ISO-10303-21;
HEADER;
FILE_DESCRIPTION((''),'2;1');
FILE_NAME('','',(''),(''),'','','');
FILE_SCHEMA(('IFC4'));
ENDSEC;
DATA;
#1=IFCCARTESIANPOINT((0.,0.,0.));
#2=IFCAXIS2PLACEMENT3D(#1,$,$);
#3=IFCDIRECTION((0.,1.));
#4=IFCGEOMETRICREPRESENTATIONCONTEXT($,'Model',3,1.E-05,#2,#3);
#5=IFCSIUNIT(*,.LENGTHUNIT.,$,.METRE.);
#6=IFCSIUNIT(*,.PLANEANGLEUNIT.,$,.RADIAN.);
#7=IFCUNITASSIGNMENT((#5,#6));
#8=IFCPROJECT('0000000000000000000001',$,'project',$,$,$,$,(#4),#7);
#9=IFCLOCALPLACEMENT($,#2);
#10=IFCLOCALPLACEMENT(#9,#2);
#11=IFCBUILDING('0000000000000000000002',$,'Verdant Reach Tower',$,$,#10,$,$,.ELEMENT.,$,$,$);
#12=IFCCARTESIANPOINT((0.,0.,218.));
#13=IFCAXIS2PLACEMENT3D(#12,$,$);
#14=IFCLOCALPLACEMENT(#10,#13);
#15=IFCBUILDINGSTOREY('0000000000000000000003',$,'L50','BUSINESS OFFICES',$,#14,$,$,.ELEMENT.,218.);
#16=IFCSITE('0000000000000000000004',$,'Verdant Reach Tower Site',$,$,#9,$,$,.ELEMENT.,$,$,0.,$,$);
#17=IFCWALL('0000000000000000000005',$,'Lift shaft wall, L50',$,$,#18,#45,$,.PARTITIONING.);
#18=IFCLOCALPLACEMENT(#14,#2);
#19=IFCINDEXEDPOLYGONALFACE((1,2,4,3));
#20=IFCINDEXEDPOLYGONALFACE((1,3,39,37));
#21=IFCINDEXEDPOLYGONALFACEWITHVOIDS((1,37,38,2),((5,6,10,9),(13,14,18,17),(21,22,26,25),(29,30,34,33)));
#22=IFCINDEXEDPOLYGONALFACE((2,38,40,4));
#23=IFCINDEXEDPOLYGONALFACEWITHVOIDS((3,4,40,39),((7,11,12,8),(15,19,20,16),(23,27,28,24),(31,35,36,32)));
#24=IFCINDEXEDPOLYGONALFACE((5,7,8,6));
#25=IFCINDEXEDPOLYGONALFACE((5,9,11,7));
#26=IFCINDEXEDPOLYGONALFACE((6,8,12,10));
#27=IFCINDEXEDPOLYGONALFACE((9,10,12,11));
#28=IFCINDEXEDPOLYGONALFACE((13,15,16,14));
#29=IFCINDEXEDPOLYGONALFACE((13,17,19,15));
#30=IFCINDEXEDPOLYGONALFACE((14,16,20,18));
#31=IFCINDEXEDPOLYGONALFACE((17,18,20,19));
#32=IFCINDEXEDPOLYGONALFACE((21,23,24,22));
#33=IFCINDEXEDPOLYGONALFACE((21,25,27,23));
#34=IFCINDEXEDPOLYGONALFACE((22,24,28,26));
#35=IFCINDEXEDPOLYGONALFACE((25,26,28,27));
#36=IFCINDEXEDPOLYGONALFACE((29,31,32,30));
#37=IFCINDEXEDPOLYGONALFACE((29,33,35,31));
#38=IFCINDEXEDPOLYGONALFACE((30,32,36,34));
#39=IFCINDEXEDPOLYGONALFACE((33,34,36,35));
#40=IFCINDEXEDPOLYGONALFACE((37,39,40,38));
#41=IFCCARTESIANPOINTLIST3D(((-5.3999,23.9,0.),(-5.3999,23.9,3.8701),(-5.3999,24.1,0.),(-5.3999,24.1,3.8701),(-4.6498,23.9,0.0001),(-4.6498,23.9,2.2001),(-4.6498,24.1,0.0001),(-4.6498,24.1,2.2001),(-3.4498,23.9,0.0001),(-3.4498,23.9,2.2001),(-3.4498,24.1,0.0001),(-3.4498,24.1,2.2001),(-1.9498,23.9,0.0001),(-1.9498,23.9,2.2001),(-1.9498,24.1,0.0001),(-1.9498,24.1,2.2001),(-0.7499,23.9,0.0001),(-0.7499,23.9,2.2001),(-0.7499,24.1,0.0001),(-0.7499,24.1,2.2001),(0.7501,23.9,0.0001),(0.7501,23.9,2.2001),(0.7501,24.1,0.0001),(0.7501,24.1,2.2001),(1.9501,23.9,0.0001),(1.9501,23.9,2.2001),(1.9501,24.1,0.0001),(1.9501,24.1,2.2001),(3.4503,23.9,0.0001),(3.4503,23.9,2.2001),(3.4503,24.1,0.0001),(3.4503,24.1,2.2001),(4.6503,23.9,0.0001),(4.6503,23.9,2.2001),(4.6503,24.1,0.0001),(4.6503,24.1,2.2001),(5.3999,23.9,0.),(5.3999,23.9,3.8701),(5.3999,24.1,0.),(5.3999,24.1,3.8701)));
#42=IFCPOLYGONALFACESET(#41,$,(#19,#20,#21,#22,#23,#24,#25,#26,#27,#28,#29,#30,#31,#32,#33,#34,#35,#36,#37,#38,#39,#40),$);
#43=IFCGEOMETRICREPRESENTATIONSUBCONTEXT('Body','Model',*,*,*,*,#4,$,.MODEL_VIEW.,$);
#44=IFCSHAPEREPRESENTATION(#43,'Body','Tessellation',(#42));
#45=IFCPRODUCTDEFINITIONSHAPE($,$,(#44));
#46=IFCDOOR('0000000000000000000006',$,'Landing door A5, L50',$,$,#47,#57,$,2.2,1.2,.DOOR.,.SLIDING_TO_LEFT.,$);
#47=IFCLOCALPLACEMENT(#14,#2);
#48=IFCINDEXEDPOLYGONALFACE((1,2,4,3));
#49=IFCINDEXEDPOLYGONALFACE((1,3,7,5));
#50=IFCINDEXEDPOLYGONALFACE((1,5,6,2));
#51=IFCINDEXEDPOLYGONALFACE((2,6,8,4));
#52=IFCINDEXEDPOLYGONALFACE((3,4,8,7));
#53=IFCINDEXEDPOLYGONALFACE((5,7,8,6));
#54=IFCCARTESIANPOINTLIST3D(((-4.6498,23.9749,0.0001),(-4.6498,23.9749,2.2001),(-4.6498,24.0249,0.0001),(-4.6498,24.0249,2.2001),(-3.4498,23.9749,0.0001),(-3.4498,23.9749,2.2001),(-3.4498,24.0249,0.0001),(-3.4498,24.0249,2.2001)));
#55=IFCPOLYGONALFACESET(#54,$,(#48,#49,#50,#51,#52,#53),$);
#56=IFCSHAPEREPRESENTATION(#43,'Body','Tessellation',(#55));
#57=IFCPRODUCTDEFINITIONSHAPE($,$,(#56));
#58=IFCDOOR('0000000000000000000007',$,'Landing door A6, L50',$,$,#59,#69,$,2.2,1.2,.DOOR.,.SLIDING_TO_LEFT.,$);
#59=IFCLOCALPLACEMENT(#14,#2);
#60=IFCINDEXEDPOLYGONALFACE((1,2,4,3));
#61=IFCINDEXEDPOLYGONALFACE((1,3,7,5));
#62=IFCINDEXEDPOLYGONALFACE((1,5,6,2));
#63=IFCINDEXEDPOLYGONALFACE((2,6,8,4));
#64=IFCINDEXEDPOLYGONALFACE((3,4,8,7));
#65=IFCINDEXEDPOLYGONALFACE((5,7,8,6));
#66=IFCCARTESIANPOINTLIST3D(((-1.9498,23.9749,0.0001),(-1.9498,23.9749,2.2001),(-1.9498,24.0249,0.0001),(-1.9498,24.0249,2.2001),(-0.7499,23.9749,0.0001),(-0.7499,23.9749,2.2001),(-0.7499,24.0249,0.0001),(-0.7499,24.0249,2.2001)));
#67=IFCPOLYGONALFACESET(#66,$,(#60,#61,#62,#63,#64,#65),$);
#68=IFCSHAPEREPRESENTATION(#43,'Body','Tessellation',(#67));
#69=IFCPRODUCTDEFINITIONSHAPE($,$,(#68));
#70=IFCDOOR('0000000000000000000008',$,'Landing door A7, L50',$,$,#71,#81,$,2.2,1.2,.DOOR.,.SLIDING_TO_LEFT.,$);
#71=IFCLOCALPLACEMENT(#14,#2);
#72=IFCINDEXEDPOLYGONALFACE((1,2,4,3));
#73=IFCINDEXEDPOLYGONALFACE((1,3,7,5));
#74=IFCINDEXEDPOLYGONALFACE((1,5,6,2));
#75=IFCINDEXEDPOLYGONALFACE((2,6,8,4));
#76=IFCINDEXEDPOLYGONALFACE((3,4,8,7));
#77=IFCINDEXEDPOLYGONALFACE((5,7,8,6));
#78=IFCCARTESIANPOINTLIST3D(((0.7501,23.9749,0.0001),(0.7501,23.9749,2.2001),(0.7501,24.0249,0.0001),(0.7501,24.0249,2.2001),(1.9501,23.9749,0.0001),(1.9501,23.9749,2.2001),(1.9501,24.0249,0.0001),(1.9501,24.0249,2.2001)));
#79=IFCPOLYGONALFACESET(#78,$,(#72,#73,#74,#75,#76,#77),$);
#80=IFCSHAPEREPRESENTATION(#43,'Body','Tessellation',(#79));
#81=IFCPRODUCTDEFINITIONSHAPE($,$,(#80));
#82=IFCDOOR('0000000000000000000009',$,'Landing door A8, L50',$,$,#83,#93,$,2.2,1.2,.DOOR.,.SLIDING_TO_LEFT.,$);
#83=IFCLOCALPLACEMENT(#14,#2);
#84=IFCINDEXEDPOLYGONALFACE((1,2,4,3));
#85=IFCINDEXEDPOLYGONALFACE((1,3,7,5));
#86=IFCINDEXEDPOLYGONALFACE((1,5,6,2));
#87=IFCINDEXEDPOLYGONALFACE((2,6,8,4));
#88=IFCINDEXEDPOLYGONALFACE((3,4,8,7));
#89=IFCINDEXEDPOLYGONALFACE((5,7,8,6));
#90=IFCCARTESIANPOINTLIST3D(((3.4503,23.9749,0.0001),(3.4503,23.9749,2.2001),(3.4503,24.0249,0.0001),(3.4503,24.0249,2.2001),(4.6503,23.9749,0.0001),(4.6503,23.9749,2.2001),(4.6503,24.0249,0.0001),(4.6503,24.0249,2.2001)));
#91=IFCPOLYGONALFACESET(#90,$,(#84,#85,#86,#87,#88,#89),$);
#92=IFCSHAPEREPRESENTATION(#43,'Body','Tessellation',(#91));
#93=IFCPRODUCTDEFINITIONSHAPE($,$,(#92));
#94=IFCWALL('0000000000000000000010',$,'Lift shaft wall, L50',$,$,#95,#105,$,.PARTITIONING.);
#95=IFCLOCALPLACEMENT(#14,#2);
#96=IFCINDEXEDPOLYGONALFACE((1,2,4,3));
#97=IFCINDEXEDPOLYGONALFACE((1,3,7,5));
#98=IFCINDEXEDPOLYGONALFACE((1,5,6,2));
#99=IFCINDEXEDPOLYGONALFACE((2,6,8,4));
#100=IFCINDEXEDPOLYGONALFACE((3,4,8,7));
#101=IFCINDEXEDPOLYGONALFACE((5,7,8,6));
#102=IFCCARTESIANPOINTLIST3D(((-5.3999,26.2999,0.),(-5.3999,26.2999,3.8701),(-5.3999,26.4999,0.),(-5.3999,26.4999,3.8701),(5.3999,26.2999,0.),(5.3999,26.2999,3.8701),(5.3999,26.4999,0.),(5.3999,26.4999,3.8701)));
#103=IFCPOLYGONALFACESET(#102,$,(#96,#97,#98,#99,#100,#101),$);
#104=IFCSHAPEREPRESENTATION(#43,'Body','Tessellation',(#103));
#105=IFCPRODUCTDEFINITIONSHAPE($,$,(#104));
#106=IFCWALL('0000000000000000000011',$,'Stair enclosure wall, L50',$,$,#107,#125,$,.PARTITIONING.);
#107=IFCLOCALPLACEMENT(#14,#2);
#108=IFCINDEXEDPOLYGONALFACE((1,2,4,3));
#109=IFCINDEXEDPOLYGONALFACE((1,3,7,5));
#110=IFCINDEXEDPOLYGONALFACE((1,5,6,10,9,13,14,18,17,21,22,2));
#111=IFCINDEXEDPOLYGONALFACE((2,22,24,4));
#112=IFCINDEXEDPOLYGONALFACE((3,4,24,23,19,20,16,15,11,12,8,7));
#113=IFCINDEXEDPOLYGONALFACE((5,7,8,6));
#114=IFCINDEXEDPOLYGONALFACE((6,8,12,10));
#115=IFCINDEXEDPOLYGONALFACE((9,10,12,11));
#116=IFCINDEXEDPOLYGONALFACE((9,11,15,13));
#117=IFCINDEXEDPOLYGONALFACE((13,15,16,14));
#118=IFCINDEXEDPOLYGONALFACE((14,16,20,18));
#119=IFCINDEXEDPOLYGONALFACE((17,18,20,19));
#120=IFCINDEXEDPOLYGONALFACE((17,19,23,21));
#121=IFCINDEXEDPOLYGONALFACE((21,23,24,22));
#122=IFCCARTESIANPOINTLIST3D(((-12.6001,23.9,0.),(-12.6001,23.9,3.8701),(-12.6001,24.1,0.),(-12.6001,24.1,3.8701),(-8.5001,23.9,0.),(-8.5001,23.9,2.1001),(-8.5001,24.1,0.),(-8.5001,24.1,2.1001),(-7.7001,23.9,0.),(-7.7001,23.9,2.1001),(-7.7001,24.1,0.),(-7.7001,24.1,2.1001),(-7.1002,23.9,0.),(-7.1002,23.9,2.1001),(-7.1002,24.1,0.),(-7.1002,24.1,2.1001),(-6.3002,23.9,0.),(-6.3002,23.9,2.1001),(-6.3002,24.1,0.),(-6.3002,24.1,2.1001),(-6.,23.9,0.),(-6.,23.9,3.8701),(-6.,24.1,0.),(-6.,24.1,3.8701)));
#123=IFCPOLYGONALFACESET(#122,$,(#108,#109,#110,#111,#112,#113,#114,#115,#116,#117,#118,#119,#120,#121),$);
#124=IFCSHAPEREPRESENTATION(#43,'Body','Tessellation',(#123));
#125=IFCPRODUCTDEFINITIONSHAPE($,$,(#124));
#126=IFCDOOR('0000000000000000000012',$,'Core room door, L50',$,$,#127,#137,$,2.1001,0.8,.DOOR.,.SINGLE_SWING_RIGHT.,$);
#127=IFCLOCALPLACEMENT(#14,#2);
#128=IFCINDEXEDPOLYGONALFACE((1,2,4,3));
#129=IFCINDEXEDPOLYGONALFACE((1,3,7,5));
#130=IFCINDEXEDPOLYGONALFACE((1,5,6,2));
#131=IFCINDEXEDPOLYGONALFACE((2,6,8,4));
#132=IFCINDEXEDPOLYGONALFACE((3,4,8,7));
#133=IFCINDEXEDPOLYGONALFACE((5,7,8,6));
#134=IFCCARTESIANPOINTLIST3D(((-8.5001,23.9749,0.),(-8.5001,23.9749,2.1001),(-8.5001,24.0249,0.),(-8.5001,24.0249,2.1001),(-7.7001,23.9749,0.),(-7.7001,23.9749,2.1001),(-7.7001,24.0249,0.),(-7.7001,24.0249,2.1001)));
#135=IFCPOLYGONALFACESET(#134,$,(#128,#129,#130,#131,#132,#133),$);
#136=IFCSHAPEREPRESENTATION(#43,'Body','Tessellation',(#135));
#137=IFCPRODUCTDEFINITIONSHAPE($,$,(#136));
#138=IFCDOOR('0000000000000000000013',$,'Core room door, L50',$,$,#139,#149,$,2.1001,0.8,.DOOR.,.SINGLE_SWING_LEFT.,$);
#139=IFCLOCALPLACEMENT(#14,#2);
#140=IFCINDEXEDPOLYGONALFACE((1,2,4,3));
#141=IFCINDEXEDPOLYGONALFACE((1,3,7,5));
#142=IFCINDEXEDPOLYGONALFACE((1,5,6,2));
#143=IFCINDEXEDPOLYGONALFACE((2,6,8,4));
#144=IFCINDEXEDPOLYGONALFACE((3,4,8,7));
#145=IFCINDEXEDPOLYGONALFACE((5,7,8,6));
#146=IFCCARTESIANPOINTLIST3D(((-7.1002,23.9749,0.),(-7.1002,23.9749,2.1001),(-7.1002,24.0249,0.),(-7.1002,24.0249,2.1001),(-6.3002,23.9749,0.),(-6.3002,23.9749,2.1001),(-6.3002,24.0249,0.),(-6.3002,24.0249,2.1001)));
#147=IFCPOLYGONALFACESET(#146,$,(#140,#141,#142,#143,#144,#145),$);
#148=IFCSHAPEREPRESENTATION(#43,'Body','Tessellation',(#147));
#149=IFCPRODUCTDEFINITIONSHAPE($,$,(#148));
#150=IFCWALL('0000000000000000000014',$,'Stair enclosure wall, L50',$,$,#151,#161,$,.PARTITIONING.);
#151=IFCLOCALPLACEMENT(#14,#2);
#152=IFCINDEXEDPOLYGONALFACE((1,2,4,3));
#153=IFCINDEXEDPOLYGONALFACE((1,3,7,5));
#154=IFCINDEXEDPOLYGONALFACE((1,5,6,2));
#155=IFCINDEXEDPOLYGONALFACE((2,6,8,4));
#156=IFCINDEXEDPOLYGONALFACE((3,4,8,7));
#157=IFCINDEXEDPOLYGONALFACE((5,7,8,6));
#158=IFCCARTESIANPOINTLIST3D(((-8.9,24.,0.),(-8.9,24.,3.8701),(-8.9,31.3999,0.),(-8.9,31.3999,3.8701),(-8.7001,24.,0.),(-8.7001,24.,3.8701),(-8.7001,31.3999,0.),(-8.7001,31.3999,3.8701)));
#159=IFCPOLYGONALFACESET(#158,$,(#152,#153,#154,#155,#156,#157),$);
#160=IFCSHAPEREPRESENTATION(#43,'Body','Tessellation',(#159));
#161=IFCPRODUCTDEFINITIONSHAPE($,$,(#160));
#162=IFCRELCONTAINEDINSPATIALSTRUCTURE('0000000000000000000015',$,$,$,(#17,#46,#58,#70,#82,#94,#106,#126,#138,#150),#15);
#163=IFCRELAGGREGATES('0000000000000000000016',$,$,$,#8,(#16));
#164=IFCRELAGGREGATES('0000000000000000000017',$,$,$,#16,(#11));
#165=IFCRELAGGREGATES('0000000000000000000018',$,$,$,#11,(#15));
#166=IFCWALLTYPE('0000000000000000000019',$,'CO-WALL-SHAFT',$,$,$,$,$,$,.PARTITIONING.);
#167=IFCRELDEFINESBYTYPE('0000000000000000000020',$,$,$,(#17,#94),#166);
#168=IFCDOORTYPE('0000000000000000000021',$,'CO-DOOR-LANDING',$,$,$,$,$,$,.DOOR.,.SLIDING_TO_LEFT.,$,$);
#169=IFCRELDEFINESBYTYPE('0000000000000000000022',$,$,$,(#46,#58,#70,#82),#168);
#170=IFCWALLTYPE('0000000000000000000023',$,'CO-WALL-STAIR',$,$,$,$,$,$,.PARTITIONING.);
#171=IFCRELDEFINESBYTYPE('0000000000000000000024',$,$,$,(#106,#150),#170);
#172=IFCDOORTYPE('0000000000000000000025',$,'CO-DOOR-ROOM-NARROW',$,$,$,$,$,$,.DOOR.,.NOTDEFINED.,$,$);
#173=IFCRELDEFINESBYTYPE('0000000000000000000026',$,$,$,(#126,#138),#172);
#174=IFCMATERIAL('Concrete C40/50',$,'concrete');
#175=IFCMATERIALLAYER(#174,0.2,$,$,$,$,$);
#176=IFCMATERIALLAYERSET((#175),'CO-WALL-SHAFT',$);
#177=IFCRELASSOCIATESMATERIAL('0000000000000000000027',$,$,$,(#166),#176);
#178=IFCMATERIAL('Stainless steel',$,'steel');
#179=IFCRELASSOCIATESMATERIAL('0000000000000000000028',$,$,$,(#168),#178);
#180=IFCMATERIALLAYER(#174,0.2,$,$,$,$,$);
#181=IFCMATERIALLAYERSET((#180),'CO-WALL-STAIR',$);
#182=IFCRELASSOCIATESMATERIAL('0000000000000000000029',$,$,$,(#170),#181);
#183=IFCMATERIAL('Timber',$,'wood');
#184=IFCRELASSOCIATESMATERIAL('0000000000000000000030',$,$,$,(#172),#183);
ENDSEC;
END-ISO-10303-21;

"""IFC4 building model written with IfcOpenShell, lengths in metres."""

from ifc_helpers import new_model, si_unit, direction, frame, frame_2d, origin, place, context, subcontext, project, spatial, rectangle, extrude, material, layer, layer_set, type_object, element, fill, save


model = new_model("IFC4")

# Units and contexts
model_context = context("Model", 3, precision=1e-05, world=origin(), true_north=direction((0.0, 1.0)))
body_context = subcontext(model_context, "Body", "Model", "MODEL_VIEW")
ifc_project = project(units=[si_unit("LENGTHUNIT", "METRE"), si_unit("PLANEANGLEUNIT", "RADIAN")], contexts=[model_context])

# Site, building, storey
site_placement = place(None, origin())
site = spatial("IfcSite", under=ifc_project, at=site_placement, Name="Verdant Reach Tower Site", CompositionType="ELEMENT", RefElevation=0.0)
building_placement = place(site_placement, origin())
building = spatial("IfcBuilding", under=site, at=building_placement, Name="Verdant Reach Tower", CompositionType="ELEMENT")
storey_placement = place(building_placement, frame((0.0, 0.0, 218.0)))
storey = spatial("IfcBuildingStorey", under=building, at=storey_placement, Name="L50", Description="BUSINESS OFFICES", CompositionType="ELEMENT", Elevation=218.0)

# Shared definitions
ifc_material_1 = material(Name="Timber", Category="wood")

# Wall, openings, doors
ifc_material_2 = material(Name="Concrete C40/50", Category="concrete")
ifc_layer_1 = layer(ifc_material_2, 0.2)
ifc_layer_set_1 = layer_set([ifc_layer_1], Name="CO-WALL-SHAFT")
wall_type_1 = type_object("IfcWallType", Name="CO-WALL-SHAFT", PredefinedType="PARTITIONING", material=ifc_layer_set_1)
ifc_material_3 = material(Name="Stainless steel", Category="steel")
door_type_1 = type_object("IfcDoorType", Name="CO-DOOR-LANDING", OperationType="SLIDING_TO_LEFT", PredefinedType="DOOR", material=ifc_material_3)
wall_1_placement = place(storey_placement, frame((-5.3999, 24.0, 0.0), z_axis=(0.0, 0.0, 1.0), x_axis=(1.0, 0.0, 0.0)))
wall_1 = element("IfcWall", 1, at=wall_1_placement, inside=storey, type_object=wall_type_1, Name="Lift shaft wall, L50", PredefinedType="PARTITIONING", context=body_context, shape_type="SweptSolid", body=[
    extrude(rectangle(XDim=10.7998, YDim=0.2, at=frame_2d((5.3999, 0.0))), origin(), (0.0, 0.0, 1.0), 3.8701),
])
opening_1_placement = place(wall_1_placement, frame((0.75, 0.0, 0.0)))
opening_1 = element("IfcOpeningElement", 2, at=opening_1_placement, cuts=wall_1, PredefinedType="OPENING", context=body_context, shape_type="SweptSolid", body=[
    extrude(rectangle(XDim=1.2, YDim=2.2, at=frame_2d((0.6001, 1.1001))), frame((0.0, 0.1099, 0.0), z_axis=(0.0, -1.0, 0.0), x_axis=(1.0, 0.0, 0.0)), (0.0, 0.0, 1.0), 0.22),
])
opening_2_placement = place(wall_1_placement, frame((3.45, 0.0, 0.0)))
opening_2 = element("IfcOpeningElement", 3, at=opening_2_placement, cuts=wall_1, PredefinedType="OPENING", context=body_context, shape_type="SweptSolid", body=[
    extrude(rectangle(XDim=1.2, YDim=2.2, at=frame_2d((0.6001, 1.1001))), frame((0.0, 0.1099, 0.0), z_axis=(0.0, -1.0, 0.0), x_axis=(1.0, 0.0, 0.0)), (0.0, 0.0, 1.0), 0.22),
])
opening_3_placement = place(wall_1_placement, frame((6.1499, 0.0, 0.0)))
opening_3 = element("IfcOpeningElement", 4, at=opening_3_placement, cuts=wall_1, PredefinedType="OPENING", context=body_context, shape_type="SweptSolid", body=[
    extrude(rectangle(XDim=1.2, YDim=2.2, at=frame_2d((0.6001, 1.1001))), frame((0.0, 0.1099, 0.0), z_axis=(0.0, -1.0, 0.0), x_axis=(1.0, 0.0, 0.0)), (0.0, 0.0, 1.0), 0.22),
])
opening_4_placement = place(wall_1_placement, frame((8.8501, 0.0, 0.0)))
opening_4 = element("IfcOpeningElement", 5, at=opening_4_placement, cuts=wall_1, PredefinedType="OPENING", context=body_context, shape_type="SweptSolid", body=[
    extrude(rectangle(XDim=1.2, YDim=2.2, at=frame_2d((0.6001, 1.1001))), frame((0.0, 0.1099, 0.0), z_axis=(0.0, -1.0, 0.0), x_axis=(1.0, 0.0, 0.0)), (0.0, 0.0, 1.0), 0.22),
])
door_1_placement = place(opening_1_placement, origin())
door_1 = element("IfcDoor", 6, at=door_1_placement, inside=storey, type_object=door_type_1, Name="Landing door A5, L50", OperationType="SLIDING_TO_LEFT", OverallHeight=2.2, OverallWidth=1.2, PredefinedType="DOOR", context=body_context, shape_type="SweptSolid", body=[
    extrude(rectangle(XDim=1.2, YDim=2.2, at=frame_2d((0.6001, 1.1001))), frame((0.0, 0.0249, 0.0), z_axis=(0.0, -1.0, 0.0), x_axis=(1.0, 0.0, 0.0)), (0.0, 0.0, 1.0), 0.05),
])
fill(opening_1, door_1)
door_2_placement = place(opening_2_placement, origin())
door_2 = element("IfcDoor", 7, at=door_2_placement, inside=storey, type_object=door_type_1, Name="Landing door A6, L50", OperationType="SLIDING_TO_LEFT", OverallHeight=2.2, OverallWidth=1.2, PredefinedType="DOOR", context=body_context, shape_type="SweptSolid", body=[
    extrude(rectangle(XDim=1.2, YDim=2.2, at=frame_2d((0.6001, 1.1001))), frame((0.0, 0.0249, 0.0), z_axis=(0.0, -1.0, 0.0), x_axis=(1.0, 0.0, 0.0)), (0.0, 0.0, 1.0), 0.05),
])
fill(opening_2, door_2)
door_3_placement = place(opening_3_placement, origin())
door_3 = element("IfcDoor", 8, at=door_3_placement, inside=storey, type_object=door_type_1, Name="Landing door A7, L50", OperationType="SLIDING_TO_LEFT", OverallHeight=2.2, OverallWidth=1.2, PredefinedType="DOOR", context=body_context, shape_type="SweptSolid", body=[
    extrude(rectangle(XDim=1.2, YDim=2.2, at=frame_2d((0.6001, 1.1001))), frame((0.0, 0.0249, 0.0), z_axis=(0.0, -1.0, 0.0), x_axis=(1.0, 0.0, 0.0)), (0.0, 0.0, 1.0), 0.05),
])
fill(opening_3, door_3)
door_4_placement = place(opening_4_placement, origin())
door_4 = element("IfcDoor", 9, at=door_4_placement, inside=storey, type_object=door_type_1, Name="Landing door A8, L50", OperationType="SLIDING_TO_LEFT", OverallHeight=2.2, OverallWidth=1.2, PredefinedType="DOOR", context=body_context, shape_type="SweptSolid", body=[
    extrude(rectangle(XDim=1.2, YDim=2.2, at=frame_2d((0.6001, 1.1001))), frame((0.0, 0.0249, 0.0), z_axis=(0.0, -1.0, 0.0), x_axis=(1.0, 0.0, 0.0)), (0.0, 0.0, 1.0), 0.05),
])
fill(opening_4, door_4)

# Wall
wall_2_placement = place(storey_placement, frame((-5.3999, 26.3999, 0.0), z_axis=(0.0, 0.0, 1.0), x_axis=(1.0, 0.0, 0.0)))
element("IfcWall", 10, at=wall_2_placement, inside=storey, type_object=wall_type_1, Name="Lift shaft wall, L50", PredefinedType="PARTITIONING", context=body_context, shape_type="SweptSolid", body=[
    extrude(rectangle(XDim=10.7998, YDim=0.2, at=frame_2d((5.3999, 0.0))), origin(), (0.0, 0.0, 1.0), 3.8701),
])

# Wall, openings, doors
ifc_layer_2 = layer(ifc_material_2, 0.2)
ifc_layer_set_2 = layer_set([ifc_layer_2], Name="CO-WALL-STAIR")
wall_type_2 = type_object("IfcWallType", Name="CO-WALL-STAIR", PredefinedType="PARTITIONING", material=ifc_layer_set_2)
wall_3_placement = place(storey_placement, frame((-12.6001, 24.0, 0.0), z_axis=(0.0, 0.0, 1.0), x_axis=(1.0, 0.0, 0.0)))
wall_3 = element("IfcWall", 11, at=wall_3_placement, inside=storey, type_object=wall_type_2, Name="Stair enclosure wall, L50", PredefinedType="PARTITIONING", context=body_context, shape_type="SweptSolid", body=[
    extrude(rectangle(XDim=6.6001, YDim=0.2, at=frame_2d((3.3, 0.0))), origin(), (0.0, 0.0, 1.0), 3.8701),
])
opening_5_placement = place(wall_3_placement, frame((4.1001, 0.0, 0.0)))
opening_5 = element("IfcOpeningElement", 12, at=opening_5_placement, cuts=wall_3, PredefinedType="OPENING", context=body_context, shape_type="SweptSolid", body=[
    extrude(rectangle(XDim=0.8, YDim=2.1001, at=frame_2d((0.3999, 1.05))), frame((0.0, 0.1099, 0.0), z_axis=(0.0, -1.0, 0.0), x_axis=(1.0, 0.0, 0.0)), (0.0, 0.0, 1.0), 0.22),
])
opening_6_placement = place(wall_3_placement, frame((5.5, 0.0, 0.0)))
opening_6 = element("IfcOpeningElement", 13, at=opening_6_placement, cuts=wall_3, PredefinedType="OPENING", context=body_context, shape_type="SweptSolid", body=[
    extrude(rectangle(XDim=0.8, YDim=2.1001, at=frame_2d((0.3999, 1.05))), frame((0.0, 0.1099, 0.0), z_axis=(0.0, -1.0, 0.0), x_axis=(1.0, 0.0, 0.0)), (0.0, 0.0, 1.0), 0.22),
])
door_type_2 = type_object("IfcDoorType", Name="CO-DOOR-ROOM-NARROW", OperationType="NOTDEFINED", PredefinedType="DOOR", material=ifc_material_1)
door_5_placement = place(opening_5_placement, origin())
door_5 = element("IfcDoor", 14, at=door_5_placement, inside=storey, type_object=door_type_2, Name="Core room door, L50", OperationType="SINGLE_SWING_RIGHT", OverallHeight=2.1001, OverallWidth=0.8, PredefinedType="DOOR", context=body_context, shape_type="SweptSolid", body=[
    extrude(rectangle(XDim=0.8, YDim=2.1001, at=frame_2d((0.3999, 1.05))), frame((0.0, 0.0249, 0.0), z_axis=(0.0, -1.0, 0.0), x_axis=(1.0, 0.0, 0.0)), (0.0, 0.0, 1.0), 0.05),
])
fill(opening_5, door_5)
door_6_placement = place(opening_6_placement, origin())
door_6 = element("IfcDoor", 15, at=door_6_placement, inside=storey, type_object=door_type_2, Name="Core room door, L50", OperationType="SINGLE_SWING_LEFT", OverallHeight=2.1001, OverallWidth=0.8, PredefinedType="DOOR", context=body_context, shape_type="SweptSolid", body=[
    extrude(rectangle(XDim=0.8, YDim=2.1001, at=frame_2d((0.3999, 1.05))), frame((0.0, 0.0249, 0.0), z_axis=(0.0, -1.0, 0.0), x_axis=(1.0, 0.0, 0.0)), (0.0, 0.0, 1.0), 0.05),
])
fill(opening_6, door_6)

# Wall
wall_4_placement = place(storey_placement, frame((-8.8, 24.0, 0.0), z_axis=(0.0, 0.0, 1.0), x_axis=(0.0, 1.0, 0.0)))
element("IfcWall", 16, at=wall_4_placement, inside=storey, type_object=wall_type_2, Name="Stair enclosure wall, L50", PredefinedType="PARTITIONING", context=body_context, shape_type="SweptSolid", body=[
    extrude(rectangle(XDim=7.3999, YDim=0.2, at=frame_2d((3.7, 0.0))), origin(), (0.0, 0.0, 1.0), 3.8701),
])

save(model, "model.ifc")
